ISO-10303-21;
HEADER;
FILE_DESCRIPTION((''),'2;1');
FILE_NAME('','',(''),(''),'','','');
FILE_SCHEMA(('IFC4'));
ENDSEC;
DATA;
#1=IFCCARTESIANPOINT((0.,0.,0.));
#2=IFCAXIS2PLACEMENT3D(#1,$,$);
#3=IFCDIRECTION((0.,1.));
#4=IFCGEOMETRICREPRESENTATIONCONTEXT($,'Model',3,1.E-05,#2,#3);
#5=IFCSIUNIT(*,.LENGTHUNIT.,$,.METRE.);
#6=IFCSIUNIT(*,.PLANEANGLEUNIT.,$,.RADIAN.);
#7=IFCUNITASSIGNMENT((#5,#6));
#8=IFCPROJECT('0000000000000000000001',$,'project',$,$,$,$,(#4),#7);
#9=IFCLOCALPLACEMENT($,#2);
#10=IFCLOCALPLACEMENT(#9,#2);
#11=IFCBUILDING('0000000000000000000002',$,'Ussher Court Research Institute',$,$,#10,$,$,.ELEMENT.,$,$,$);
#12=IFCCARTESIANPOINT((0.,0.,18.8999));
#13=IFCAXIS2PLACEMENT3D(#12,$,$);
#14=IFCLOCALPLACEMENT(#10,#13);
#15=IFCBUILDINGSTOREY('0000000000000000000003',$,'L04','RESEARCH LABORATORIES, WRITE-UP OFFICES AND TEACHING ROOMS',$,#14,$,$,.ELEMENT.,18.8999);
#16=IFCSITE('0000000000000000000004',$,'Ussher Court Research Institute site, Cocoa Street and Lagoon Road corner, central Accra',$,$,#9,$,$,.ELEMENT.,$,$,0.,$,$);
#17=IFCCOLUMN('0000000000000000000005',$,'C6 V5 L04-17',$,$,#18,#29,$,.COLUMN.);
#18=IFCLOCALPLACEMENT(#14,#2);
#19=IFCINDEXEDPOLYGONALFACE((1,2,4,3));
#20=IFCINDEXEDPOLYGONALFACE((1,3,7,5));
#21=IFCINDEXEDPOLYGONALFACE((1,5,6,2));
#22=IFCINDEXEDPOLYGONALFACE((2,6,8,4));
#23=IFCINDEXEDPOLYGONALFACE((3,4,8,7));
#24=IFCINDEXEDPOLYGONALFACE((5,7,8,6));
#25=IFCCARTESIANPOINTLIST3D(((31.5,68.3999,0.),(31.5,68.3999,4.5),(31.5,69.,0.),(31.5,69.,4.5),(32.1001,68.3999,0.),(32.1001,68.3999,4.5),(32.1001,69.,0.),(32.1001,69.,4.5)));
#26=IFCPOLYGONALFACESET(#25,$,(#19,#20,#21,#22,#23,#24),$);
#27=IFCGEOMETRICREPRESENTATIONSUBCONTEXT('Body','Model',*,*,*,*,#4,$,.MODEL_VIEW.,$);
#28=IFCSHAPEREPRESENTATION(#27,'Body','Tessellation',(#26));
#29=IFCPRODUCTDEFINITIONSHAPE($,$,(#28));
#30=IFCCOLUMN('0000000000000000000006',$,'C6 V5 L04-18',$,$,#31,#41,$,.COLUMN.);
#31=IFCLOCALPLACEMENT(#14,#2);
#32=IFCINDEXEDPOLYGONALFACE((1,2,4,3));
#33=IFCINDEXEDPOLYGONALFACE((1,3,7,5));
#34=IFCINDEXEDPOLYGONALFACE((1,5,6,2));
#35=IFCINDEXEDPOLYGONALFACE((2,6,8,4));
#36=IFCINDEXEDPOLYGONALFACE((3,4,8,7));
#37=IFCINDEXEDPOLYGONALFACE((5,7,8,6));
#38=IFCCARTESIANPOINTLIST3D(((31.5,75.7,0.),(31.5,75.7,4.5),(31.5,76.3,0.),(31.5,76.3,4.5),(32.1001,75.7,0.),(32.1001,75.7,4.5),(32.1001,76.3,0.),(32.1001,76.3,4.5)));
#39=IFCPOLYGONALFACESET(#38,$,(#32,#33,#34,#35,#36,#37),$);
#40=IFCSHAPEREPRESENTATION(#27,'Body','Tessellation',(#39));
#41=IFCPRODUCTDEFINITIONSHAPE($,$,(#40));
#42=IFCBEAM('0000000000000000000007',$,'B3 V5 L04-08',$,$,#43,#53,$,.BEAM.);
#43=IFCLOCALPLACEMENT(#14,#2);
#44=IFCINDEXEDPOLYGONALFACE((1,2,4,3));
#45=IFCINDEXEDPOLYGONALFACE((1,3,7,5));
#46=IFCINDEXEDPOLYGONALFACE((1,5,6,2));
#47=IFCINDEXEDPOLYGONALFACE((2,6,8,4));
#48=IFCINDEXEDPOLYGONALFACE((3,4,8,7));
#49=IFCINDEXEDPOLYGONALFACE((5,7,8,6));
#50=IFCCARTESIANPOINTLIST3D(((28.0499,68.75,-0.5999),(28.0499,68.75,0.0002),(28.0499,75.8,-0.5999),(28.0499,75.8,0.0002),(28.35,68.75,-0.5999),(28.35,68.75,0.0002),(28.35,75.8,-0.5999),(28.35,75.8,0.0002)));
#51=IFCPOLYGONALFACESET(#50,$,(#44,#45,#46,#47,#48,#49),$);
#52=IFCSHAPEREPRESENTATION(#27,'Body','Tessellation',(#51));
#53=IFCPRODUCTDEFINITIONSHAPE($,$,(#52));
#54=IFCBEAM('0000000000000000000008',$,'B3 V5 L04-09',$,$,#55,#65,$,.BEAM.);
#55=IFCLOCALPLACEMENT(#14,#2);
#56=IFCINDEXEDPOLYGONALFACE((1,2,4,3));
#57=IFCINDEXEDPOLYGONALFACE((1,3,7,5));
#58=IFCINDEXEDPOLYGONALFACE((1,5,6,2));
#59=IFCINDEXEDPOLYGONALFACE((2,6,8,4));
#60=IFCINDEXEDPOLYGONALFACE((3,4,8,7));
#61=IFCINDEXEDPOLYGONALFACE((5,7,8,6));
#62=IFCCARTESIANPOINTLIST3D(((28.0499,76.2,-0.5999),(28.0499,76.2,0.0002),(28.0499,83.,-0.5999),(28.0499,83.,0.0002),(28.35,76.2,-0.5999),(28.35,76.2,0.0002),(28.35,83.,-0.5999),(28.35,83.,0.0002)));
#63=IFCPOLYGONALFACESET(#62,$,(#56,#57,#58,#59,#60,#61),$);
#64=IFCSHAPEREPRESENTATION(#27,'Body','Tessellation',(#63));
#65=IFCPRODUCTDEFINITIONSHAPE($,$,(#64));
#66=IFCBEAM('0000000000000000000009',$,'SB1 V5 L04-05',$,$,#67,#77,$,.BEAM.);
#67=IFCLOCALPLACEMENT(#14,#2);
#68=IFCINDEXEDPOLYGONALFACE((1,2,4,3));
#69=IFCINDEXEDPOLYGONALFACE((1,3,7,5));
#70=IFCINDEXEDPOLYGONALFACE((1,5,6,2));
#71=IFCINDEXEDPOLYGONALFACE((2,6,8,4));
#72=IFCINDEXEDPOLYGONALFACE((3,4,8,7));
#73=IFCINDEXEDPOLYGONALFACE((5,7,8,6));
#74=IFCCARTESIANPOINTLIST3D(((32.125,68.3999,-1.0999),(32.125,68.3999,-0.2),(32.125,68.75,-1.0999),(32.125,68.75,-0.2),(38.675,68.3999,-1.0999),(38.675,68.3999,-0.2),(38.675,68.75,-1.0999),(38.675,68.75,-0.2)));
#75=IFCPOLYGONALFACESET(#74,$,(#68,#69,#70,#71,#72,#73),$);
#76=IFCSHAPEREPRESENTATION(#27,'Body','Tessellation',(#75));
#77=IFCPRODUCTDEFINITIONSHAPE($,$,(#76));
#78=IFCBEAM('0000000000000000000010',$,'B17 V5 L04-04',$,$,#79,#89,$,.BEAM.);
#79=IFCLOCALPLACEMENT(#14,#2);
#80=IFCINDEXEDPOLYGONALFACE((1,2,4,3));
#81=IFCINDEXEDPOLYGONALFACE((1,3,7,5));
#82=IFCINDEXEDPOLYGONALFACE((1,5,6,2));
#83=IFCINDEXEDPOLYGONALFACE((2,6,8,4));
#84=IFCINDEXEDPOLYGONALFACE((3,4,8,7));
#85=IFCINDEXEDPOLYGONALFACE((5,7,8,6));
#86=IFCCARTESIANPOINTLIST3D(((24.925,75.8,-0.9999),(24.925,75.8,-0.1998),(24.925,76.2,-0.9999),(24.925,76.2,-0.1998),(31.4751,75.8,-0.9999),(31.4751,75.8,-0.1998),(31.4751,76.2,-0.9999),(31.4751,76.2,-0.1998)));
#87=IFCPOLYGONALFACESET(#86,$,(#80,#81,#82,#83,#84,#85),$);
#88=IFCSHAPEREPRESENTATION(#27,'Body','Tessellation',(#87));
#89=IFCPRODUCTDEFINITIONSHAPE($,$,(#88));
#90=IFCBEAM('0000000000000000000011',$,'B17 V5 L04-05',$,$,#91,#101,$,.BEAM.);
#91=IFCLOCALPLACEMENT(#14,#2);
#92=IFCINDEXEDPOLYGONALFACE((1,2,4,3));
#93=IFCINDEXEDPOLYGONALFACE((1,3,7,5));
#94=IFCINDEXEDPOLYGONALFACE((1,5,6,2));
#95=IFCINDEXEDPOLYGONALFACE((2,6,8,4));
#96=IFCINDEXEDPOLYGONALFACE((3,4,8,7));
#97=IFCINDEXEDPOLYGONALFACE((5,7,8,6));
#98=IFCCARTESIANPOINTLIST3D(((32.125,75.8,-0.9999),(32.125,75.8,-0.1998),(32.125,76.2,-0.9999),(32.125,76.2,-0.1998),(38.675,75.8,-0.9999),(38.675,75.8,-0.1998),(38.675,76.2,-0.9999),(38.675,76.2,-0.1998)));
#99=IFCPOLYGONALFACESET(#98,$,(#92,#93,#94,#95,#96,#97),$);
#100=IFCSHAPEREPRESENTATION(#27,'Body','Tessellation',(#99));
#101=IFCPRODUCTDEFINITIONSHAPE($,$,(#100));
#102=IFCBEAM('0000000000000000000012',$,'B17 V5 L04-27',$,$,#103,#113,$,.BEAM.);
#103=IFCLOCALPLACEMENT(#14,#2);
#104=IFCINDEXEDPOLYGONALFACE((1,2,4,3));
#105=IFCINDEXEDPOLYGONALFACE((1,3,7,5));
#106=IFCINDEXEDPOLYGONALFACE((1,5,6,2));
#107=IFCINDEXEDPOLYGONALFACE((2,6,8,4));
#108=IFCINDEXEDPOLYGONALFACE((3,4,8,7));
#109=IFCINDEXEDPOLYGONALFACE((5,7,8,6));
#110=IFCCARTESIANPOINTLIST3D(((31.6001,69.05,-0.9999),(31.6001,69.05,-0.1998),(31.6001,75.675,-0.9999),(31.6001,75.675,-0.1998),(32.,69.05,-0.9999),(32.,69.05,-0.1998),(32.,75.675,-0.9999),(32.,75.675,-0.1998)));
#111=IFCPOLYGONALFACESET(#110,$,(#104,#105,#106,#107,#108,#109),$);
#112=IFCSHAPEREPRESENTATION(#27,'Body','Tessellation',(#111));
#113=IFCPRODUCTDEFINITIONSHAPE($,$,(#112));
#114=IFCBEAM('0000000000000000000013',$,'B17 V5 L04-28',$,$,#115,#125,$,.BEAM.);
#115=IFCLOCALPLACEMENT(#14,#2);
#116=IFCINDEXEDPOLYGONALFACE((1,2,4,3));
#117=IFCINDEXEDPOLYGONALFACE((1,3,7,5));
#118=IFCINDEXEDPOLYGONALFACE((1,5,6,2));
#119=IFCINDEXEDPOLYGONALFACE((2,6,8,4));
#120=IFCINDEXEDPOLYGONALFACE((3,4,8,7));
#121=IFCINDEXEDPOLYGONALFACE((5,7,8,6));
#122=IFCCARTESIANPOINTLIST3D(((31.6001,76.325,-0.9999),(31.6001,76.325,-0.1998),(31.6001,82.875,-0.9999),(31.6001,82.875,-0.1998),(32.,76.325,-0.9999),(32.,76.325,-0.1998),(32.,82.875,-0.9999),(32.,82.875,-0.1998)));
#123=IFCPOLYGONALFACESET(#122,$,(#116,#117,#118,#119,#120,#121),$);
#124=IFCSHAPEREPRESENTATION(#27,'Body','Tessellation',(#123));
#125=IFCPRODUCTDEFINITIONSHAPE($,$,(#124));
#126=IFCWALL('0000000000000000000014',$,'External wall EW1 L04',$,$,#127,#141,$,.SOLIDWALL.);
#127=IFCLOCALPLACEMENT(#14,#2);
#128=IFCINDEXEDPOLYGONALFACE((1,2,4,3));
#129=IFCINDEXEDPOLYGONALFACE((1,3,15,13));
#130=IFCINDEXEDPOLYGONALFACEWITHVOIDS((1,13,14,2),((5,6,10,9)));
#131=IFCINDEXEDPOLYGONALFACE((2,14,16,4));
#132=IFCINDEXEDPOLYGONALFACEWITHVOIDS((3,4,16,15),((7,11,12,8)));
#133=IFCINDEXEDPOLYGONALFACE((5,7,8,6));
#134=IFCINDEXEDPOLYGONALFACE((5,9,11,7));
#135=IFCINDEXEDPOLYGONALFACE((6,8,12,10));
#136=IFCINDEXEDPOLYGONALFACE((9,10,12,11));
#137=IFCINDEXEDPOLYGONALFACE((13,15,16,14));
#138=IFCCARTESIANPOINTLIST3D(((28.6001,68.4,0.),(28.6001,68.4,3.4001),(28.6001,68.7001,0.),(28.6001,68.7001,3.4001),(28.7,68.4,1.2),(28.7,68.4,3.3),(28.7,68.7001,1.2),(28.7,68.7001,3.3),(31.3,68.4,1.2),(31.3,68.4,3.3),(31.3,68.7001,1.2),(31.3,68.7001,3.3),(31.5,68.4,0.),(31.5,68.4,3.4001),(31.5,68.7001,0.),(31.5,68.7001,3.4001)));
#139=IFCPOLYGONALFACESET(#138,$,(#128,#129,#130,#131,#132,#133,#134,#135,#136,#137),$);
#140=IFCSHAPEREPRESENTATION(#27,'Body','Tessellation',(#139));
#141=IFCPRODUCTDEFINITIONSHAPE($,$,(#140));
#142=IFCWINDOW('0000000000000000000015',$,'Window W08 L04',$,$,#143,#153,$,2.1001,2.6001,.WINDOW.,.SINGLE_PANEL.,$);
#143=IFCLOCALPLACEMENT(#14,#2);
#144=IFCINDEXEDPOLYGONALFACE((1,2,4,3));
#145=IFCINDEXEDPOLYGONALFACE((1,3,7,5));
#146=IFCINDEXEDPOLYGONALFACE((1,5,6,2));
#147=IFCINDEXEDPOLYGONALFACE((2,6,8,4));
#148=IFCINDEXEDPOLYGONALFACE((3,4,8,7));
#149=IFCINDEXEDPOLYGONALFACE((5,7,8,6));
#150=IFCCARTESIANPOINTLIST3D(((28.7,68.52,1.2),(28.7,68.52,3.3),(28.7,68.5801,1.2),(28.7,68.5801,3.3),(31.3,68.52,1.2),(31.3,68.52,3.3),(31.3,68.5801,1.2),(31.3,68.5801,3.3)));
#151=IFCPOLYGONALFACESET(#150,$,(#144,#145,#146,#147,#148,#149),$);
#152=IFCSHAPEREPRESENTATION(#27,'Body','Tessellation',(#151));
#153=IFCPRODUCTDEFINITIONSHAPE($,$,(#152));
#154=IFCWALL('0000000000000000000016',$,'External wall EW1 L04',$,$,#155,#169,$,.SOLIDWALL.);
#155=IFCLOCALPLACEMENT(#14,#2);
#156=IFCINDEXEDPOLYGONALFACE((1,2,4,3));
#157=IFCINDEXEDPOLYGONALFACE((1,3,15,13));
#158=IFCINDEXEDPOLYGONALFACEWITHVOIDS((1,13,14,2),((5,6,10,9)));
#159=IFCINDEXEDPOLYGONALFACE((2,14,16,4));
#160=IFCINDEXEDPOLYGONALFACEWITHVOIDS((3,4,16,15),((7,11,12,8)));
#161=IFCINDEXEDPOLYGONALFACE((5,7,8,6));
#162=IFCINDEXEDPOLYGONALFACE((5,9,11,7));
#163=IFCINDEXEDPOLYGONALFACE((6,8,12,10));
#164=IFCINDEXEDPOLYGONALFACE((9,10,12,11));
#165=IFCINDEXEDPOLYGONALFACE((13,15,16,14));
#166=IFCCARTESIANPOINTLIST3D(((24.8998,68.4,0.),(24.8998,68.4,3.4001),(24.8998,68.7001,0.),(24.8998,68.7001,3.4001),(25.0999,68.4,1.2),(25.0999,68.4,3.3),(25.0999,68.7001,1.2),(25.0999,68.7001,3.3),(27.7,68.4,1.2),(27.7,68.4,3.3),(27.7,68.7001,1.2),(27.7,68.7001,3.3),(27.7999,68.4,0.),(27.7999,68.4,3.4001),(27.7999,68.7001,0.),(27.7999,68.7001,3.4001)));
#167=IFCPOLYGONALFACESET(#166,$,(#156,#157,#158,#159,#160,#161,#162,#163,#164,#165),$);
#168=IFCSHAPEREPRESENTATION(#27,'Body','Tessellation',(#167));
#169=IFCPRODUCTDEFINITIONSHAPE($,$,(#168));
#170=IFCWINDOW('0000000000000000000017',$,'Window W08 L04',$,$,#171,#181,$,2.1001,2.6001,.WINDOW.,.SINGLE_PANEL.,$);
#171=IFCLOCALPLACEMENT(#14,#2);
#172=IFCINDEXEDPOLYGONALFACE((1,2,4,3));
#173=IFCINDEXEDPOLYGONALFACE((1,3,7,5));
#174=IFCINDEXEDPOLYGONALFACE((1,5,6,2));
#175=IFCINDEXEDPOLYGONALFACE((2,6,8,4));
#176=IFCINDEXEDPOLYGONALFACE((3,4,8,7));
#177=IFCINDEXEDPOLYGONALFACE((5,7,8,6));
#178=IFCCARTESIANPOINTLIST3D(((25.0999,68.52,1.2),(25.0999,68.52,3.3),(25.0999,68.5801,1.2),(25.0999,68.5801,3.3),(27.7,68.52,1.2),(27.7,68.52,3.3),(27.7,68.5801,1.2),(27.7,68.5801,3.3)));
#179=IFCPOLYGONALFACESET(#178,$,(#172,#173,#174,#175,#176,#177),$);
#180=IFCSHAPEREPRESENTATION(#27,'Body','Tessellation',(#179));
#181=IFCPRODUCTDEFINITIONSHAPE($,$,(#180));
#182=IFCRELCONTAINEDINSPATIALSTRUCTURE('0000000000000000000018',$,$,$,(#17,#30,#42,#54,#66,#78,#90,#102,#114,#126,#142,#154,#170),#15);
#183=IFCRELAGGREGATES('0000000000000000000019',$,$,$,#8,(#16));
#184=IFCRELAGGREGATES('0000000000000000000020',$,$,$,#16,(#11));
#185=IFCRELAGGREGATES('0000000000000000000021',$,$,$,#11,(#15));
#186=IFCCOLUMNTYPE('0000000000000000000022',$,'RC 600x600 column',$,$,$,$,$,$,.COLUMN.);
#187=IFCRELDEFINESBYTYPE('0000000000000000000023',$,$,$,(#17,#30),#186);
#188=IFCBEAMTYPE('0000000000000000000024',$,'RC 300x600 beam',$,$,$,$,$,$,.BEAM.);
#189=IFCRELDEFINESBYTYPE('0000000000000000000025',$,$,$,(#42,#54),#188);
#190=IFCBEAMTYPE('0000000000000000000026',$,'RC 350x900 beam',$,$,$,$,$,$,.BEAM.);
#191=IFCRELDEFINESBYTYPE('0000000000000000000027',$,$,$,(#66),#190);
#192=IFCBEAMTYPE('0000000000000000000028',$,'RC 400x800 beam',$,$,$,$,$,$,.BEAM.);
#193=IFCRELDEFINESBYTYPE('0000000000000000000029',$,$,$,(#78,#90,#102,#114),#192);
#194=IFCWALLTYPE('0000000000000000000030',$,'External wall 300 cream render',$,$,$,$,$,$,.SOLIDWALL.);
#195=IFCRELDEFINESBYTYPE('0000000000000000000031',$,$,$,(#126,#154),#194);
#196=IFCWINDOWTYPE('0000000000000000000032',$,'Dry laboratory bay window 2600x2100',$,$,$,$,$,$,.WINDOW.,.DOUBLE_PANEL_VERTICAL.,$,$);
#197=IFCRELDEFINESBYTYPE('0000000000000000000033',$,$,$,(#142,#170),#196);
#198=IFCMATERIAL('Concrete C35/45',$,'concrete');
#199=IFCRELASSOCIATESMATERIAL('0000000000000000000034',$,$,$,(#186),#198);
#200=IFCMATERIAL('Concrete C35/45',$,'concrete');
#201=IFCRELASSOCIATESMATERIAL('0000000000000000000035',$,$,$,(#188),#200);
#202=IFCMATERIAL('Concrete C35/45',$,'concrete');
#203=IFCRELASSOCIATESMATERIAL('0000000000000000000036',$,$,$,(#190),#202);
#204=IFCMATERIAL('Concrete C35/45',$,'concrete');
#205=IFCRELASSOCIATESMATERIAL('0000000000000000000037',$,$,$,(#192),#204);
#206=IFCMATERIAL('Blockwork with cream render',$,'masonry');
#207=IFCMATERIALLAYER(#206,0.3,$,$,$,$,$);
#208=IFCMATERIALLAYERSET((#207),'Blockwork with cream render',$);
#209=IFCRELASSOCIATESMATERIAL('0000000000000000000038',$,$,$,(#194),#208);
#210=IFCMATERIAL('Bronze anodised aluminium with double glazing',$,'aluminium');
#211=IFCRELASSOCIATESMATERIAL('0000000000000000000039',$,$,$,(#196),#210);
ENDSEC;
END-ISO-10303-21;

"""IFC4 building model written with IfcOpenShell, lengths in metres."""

from ifc_helpers import new_model, si_unit, direction, frame, frame_2d, origin, origin_2d, place, context, subcontext, project, spatial, rectangle, extrude, material, layer, layer_set, material_profile, profile_set, type_object, element, fill, save


model = new_model("IFC4")

# Units and contexts
model_context = context("Model", 3, precision=1e-05, world=origin(), true_north=direction((0.0, 1.0)))
body_context = subcontext(model_context, "Body", "Model", "MODEL_VIEW")
ifc_project = project(units=[si_unit("LENGTHUNIT", "METRE"), si_unit("PLANEANGLEUNIT", "RADIAN")], contexts=[model_context])

# Site, building, storey
site_placement = place(None, origin())
site = spatial("IfcSite", under=ifc_project, at=site_placement, Name="Ussher Court Research Institute site, Cocoa Street and Lagoon Road corner, central Accra", CompositionType="ELEMENT", RefElevation=0.0)
building_placement = place(site_placement, origin())
building = spatial("IfcBuilding", under=site, at=building_placement, Name="Ussher Court Research Institute", CompositionType="ELEMENT")
storey_placement = place(building_placement, frame((0.0, 0.0, 18.8999)))
storey = spatial("IfcBuildingStorey", under=building, at=storey_placement, Name="L04", Description="RESEARCH LABORATORIES, WRITE-UP OFFICES AND TEACHING ROOMS", CompositionType="ELEMENT", Elevation=18.8999)

# Columns
ifc_material_1 = material(Name="Concrete C35/45", Category="concrete")
ifc_material_profile_1 = material_profile(ifc_material_1, rectangle(XDim=0.6001, YDim=0.6001, at=origin_2d()), Name="RC 600x600")
ifc_profile_set_1 = profile_set([ifc_material_profile_1], Name="Concrete C35/45")
column_type = type_object("IfcColumnType", Name="RC 600x600 column", PredefinedType="COLUMN", material=ifc_profile_set_1)
for number, where, z_axis, x_axis, name in (
    (1, (31.8, 68.7, 0.0), (0.0, 0.0, 1.0), (1.0, 0.0, 0.0), "C6 V5 L04-17"),
    (2, (31.8, 76.0, 0.0), (0.0, 0.0, 1.0), (1.0, 0.0, 0.0), "C6 V5 L04-18"),
):
    element("IfcColumn", number, at=place(storey_placement, frame(where, z_axis=z_axis, x_axis=x_axis)), inside=storey, type_object=column_type, Name=name, PredefinedType="COLUMN", context=body_context, shape_type="SweptSolid", body=[
        extrude(rectangle(XDim=0.6001, YDim=0.6001, at=origin_2d()), origin(), (0.0, 0.0, 1.0), 4.5),
    ])

# Beams
ifc_material_2 = material(Name="Concrete C35/45", Category="concrete")
ifc_material_profile_2 = material_profile(ifc_material_2, rectangle(XDim=0.3, YDim=0.6001, at=origin_2d()), Name="RC 300x600")
ifc_profile_set_2 = profile_set([ifc_material_profile_2], Name="Concrete C35/45")
beam_type_1 = type_object("IfcBeamType", Name="RC 300x600 beam", PredefinedType="BEAM", material=ifc_profile_set_2)
beam_1_placement = place(storey_placement, frame((28.2, 68.75, -0.2998), z_axis=(0.0, 1.0, 0.0), x_axis=(-1.0, 0.0, 0.0)))
element("IfcBeam", 3, at=beam_1_placement, inside=storey, type_object=beam_type_1, Name="B3 V5 L04-08", PredefinedType="BEAM", context=body_context, shape_type="SweptSolid", body=[
    extrude(rectangle(XDim=0.3, YDim=0.6001, at=origin_2d()), origin(), (0.0, 0.0, 1.0), 7.05),
])
beam_2_placement = place(storey_placement, frame((28.2, 76.2, -0.2998), z_axis=(0.0, 1.0, 0.0), x_axis=(-1.0, 0.0, 0.0)))
element("IfcBeam", 4, at=beam_2_placement, inside=storey, type_object=beam_type_1, Name="B3 V5 L04-09", PredefinedType="BEAM", context=body_context, shape_type="SweptSolid", body=[
    extrude(rectangle(XDim=0.3, YDim=0.6001, at=origin_2d()), origin(), (0.0, 0.0, 1.0), 6.8),
])
ifc_material_3 = material(Name="Concrete C35/45", Category="concrete")
ifc_material_profile_3 = material_profile(ifc_material_3, rectangle(XDim=0.3501, YDim=0.8999, at=origin_2d()), Name="RC 350x900")
ifc_profile_set_3 = profile_set([ifc_material_profile_3], Name="Concrete C35/45")
beam_type_2 = type_object("IfcBeamType", Name="RC 350x900 beam", PredefinedType="BEAM", material=ifc_profile_set_3)
beam_3_placement = place(storey_placement, frame((32.125, 68.575, -0.6499), z_axis=(1.0, 0.0, 0.0), x_axis=(0.0, 1.0, 0.0)))
element("IfcBeam", 5, at=beam_3_placement, inside=storey, type_object=beam_type_2, Name="SB1 V5 L04-05", PredefinedType="BEAM", context=body_context, shape_type="SweptSolid", body=[
    extrude(rectangle(XDim=0.3501, YDim=0.8999, at=origin_2d()), origin(), (0.0, 0.0, 1.0), 6.55),
])
ifc_material_4 = material(Name="Concrete C35/45", Category="concrete")
ifc_material_profile_4 = material_profile(ifc_material_4, rectangle(XDim=0.3999, YDim=0.8, at=origin_2d()), Name="RC 400x800")
ifc_profile_set_4 = profile_set([ifc_material_profile_4], Name="Concrete C35/45")
beam_type_3 = type_object("IfcBeamType", Name="RC 400x800 beam", PredefinedType="BEAM", material=ifc_profile_set_4)
for number, where, z_axis, x_axis, name in (
    (6, (24.925, 76.0, -0.5999), (1.0, 0.0, 0.0), (0.0, 1.0, 0.0), "B17 V5 L04-04"),
    (7, (32.125, 76.0, -0.5999), (1.0, 0.0, 0.0), (0.0, 1.0, 0.0), "B17 V5 L04-05"),
):
    element("IfcBeam", number, at=place(storey_placement, frame(where, z_axis=z_axis, x_axis=x_axis)), inside=storey, type_object=beam_type_3, Name=name, PredefinedType="BEAM", context=body_context, shape_type="SweptSolid", body=[
        extrude(rectangle(XDim=0.3999, YDim=0.8, at=origin_2d()), origin(), (0.0, 0.0, 1.0), 6.55),
    ])
beam_4_placement = place(storey_placement, frame((31.8, 69.05, -0.5999), z_axis=(0.0, 1.0, 0.0), x_axis=(-1.0, 0.0, 0.0)))
element("IfcBeam", 8, at=beam_4_placement, inside=storey, type_object=beam_type_3, Name="B17 V5 L04-27", PredefinedType="BEAM", context=body_context, shape_type="SweptSolid", body=[
    extrude(rectangle(XDim=0.3999, YDim=0.8, at=origin_2d()), origin(), (0.0, 0.0, 1.0), 6.625),
])
beam_5_placement = place(storey_placement, frame((31.8, 76.325, -0.5999), z_axis=(0.0, 1.0, 0.0), x_axis=(-1.0, 0.0, 0.0)))
element("IfcBeam", 9, at=beam_5_placement, inside=storey, type_object=beam_type_3, Name="B17 V5 L04-28", PredefinedType="BEAM", context=body_context, shape_type="SweptSolid", body=[
    extrude(rectangle(XDim=0.3999, YDim=0.8, at=origin_2d()), origin(), (0.0, 0.0, 1.0), 6.55),
])

# Walls, openings, windows
ifc_material_5 = material(Name="Blockwork with cream render", Category="masonry")
ifc_layer_1 = layer(ifc_material_5, 0.3)
ifc_layer_set_1 = layer_set([ifc_layer_1], Name="Blockwork with cream render")
wall_type_1 = type_object("IfcWallType", Name="External wall 300 cream render", PredefinedType="SOLIDWALL", material=ifc_layer_set_1)
wall_1_placement = place(storey_placement, frame((31.5, 68.55, 0.0), z_axis=(0.0, 0.0, 1.0), x_axis=(-1.0, 0.0, 0.0)))
wall_1 = element("IfcWall", 10, at=wall_1_placement, inside=storey, type_object=wall_type_1, Name="External wall EW1 L04", PredefinedType="SOLIDWALL", context=body_context, shape_type="SweptSolid", body=[
    extrude(rectangle(XDim=2.8999, YDim=0.3, at=frame_2d((1.45, 0.0))), origin(), (0.0, 0.0, 1.0), 3.4001),
])
opening_1_placement = place(wall_1_placement, frame((0.2, 0.0, 1.2)))
opening_1 = element("IfcOpeningElement", 11, at=opening_1_placement, cuts=wall_1, PredefinedType="OPENING", context=body_context, shape_type="SweptSolid", body=[
    extrude(rectangle(XDim=2.6001, YDim=2.1001, at=frame_2d((1.3, 1.05))), frame((0.0, 0.1602, 0.0), z_axis=(0.0, -1.0, 0.0), x_axis=(1.0, 0.0, 0.0)), (0.0, 0.0, 1.0), 0.3201),
])
ifc_material_6 = material(Name="Bronze anodised aluminium with double glazing", Category="aluminium")
window_type = type_object("IfcWindowType", Name="Dry laboratory bay window 2600x2100", PartitioningType="DOUBLE_PANEL_VERTICAL", PredefinedType="WINDOW", material=ifc_material_6)
window_1_placement = place(opening_1_placement, origin())
window_1 = element("IfcWindow", 12, at=window_1_placement, inside=storey, type_object=window_type, Name="Window W08 L04", OverallHeight=2.1001, OverallWidth=2.6001, PartitioningType="SINGLE_PANEL", PredefinedType="WINDOW", context=body_context, shape_type="SweptSolid", body=[
    extrude(rectangle(XDim=2.6001, YDim=2.1001, at=frame_2d((1.3, 1.05))), frame((0.0, 0.03, 0.0), z_axis=(0.0, -1.0, 0.0), x_axis=(1.0, 0.0, 0.0)), (0.0, 0.0, 1.0), 0.0601),
])
fill(opening_1, window_1)
wall_2_placement = place(storey_placement, frame((27.8, 68.55, 0.0), z_axis=(0.0, 0.0, 1.0), x_axis=(-1.0, 0.0, 0.0)))
wall_2 = element("IfcWall", 13, at=wall_2_placement, inside=storey, type_object=wall_type_1, Name="External wall EW1 L04", PredefinedType="SOLIDWALL", context=body_context, shape_type="SweptSolid", body=[
    extrude(rectangle(XDim=2.9001, YDim=0.3, at=frame_2d((1.4502, 0.0))), origin(), (0.0, 0.0, 1.0), 3.4001),
])
opening_2_placement = place(wall_2_placement, frame((0.1001, 0.0, 1.2)))
opening_2 = element("IfcOpeningElement", 14, at=opening_2_placement, cuts=wall_2, PredefinedType="OPENING", context=body_context, shape_type="SweptSolid", body=[
    extrude(rectangle(XDim=2.6001, YDim=2.1001, at=frame_2d((1.3, 1.05))), frame((0.0, 0.1602, 0.0), z_axis=(0.0, -1.0, 0.0), x_axis=(1.0, 0.0, 0.0)), (0.0, 0.0, 1.0), 0.3201),
])
window_2_placement = place(opening_2_placement, origin())
window_2 = element("IfcWindow", 15, at=window_2_placement, inside=storey, type_object=window_type, Name="Window W08 L04", OverallHeight=2.1001, OverallWidth=2.6001, PartitioningType="SINGLE_PANEL", PredefinedType="WINDOW", context=body_context, shape_type="SweptSolid", body=[
    extrude(rectangle(XDim=2.6001, YDim=2.1001, at=frame_2d((1.3, 1.05))), frame((0.0, 0.03, 0.0), z_axis=(0.0, -1.0, 0.0), x_axis=(1.0, 0.0, 0.0)), (0.0, 0.0, 1.0), 0.0601),
])
fill(opening_2, window_2)

save(model, "model.ifc")
